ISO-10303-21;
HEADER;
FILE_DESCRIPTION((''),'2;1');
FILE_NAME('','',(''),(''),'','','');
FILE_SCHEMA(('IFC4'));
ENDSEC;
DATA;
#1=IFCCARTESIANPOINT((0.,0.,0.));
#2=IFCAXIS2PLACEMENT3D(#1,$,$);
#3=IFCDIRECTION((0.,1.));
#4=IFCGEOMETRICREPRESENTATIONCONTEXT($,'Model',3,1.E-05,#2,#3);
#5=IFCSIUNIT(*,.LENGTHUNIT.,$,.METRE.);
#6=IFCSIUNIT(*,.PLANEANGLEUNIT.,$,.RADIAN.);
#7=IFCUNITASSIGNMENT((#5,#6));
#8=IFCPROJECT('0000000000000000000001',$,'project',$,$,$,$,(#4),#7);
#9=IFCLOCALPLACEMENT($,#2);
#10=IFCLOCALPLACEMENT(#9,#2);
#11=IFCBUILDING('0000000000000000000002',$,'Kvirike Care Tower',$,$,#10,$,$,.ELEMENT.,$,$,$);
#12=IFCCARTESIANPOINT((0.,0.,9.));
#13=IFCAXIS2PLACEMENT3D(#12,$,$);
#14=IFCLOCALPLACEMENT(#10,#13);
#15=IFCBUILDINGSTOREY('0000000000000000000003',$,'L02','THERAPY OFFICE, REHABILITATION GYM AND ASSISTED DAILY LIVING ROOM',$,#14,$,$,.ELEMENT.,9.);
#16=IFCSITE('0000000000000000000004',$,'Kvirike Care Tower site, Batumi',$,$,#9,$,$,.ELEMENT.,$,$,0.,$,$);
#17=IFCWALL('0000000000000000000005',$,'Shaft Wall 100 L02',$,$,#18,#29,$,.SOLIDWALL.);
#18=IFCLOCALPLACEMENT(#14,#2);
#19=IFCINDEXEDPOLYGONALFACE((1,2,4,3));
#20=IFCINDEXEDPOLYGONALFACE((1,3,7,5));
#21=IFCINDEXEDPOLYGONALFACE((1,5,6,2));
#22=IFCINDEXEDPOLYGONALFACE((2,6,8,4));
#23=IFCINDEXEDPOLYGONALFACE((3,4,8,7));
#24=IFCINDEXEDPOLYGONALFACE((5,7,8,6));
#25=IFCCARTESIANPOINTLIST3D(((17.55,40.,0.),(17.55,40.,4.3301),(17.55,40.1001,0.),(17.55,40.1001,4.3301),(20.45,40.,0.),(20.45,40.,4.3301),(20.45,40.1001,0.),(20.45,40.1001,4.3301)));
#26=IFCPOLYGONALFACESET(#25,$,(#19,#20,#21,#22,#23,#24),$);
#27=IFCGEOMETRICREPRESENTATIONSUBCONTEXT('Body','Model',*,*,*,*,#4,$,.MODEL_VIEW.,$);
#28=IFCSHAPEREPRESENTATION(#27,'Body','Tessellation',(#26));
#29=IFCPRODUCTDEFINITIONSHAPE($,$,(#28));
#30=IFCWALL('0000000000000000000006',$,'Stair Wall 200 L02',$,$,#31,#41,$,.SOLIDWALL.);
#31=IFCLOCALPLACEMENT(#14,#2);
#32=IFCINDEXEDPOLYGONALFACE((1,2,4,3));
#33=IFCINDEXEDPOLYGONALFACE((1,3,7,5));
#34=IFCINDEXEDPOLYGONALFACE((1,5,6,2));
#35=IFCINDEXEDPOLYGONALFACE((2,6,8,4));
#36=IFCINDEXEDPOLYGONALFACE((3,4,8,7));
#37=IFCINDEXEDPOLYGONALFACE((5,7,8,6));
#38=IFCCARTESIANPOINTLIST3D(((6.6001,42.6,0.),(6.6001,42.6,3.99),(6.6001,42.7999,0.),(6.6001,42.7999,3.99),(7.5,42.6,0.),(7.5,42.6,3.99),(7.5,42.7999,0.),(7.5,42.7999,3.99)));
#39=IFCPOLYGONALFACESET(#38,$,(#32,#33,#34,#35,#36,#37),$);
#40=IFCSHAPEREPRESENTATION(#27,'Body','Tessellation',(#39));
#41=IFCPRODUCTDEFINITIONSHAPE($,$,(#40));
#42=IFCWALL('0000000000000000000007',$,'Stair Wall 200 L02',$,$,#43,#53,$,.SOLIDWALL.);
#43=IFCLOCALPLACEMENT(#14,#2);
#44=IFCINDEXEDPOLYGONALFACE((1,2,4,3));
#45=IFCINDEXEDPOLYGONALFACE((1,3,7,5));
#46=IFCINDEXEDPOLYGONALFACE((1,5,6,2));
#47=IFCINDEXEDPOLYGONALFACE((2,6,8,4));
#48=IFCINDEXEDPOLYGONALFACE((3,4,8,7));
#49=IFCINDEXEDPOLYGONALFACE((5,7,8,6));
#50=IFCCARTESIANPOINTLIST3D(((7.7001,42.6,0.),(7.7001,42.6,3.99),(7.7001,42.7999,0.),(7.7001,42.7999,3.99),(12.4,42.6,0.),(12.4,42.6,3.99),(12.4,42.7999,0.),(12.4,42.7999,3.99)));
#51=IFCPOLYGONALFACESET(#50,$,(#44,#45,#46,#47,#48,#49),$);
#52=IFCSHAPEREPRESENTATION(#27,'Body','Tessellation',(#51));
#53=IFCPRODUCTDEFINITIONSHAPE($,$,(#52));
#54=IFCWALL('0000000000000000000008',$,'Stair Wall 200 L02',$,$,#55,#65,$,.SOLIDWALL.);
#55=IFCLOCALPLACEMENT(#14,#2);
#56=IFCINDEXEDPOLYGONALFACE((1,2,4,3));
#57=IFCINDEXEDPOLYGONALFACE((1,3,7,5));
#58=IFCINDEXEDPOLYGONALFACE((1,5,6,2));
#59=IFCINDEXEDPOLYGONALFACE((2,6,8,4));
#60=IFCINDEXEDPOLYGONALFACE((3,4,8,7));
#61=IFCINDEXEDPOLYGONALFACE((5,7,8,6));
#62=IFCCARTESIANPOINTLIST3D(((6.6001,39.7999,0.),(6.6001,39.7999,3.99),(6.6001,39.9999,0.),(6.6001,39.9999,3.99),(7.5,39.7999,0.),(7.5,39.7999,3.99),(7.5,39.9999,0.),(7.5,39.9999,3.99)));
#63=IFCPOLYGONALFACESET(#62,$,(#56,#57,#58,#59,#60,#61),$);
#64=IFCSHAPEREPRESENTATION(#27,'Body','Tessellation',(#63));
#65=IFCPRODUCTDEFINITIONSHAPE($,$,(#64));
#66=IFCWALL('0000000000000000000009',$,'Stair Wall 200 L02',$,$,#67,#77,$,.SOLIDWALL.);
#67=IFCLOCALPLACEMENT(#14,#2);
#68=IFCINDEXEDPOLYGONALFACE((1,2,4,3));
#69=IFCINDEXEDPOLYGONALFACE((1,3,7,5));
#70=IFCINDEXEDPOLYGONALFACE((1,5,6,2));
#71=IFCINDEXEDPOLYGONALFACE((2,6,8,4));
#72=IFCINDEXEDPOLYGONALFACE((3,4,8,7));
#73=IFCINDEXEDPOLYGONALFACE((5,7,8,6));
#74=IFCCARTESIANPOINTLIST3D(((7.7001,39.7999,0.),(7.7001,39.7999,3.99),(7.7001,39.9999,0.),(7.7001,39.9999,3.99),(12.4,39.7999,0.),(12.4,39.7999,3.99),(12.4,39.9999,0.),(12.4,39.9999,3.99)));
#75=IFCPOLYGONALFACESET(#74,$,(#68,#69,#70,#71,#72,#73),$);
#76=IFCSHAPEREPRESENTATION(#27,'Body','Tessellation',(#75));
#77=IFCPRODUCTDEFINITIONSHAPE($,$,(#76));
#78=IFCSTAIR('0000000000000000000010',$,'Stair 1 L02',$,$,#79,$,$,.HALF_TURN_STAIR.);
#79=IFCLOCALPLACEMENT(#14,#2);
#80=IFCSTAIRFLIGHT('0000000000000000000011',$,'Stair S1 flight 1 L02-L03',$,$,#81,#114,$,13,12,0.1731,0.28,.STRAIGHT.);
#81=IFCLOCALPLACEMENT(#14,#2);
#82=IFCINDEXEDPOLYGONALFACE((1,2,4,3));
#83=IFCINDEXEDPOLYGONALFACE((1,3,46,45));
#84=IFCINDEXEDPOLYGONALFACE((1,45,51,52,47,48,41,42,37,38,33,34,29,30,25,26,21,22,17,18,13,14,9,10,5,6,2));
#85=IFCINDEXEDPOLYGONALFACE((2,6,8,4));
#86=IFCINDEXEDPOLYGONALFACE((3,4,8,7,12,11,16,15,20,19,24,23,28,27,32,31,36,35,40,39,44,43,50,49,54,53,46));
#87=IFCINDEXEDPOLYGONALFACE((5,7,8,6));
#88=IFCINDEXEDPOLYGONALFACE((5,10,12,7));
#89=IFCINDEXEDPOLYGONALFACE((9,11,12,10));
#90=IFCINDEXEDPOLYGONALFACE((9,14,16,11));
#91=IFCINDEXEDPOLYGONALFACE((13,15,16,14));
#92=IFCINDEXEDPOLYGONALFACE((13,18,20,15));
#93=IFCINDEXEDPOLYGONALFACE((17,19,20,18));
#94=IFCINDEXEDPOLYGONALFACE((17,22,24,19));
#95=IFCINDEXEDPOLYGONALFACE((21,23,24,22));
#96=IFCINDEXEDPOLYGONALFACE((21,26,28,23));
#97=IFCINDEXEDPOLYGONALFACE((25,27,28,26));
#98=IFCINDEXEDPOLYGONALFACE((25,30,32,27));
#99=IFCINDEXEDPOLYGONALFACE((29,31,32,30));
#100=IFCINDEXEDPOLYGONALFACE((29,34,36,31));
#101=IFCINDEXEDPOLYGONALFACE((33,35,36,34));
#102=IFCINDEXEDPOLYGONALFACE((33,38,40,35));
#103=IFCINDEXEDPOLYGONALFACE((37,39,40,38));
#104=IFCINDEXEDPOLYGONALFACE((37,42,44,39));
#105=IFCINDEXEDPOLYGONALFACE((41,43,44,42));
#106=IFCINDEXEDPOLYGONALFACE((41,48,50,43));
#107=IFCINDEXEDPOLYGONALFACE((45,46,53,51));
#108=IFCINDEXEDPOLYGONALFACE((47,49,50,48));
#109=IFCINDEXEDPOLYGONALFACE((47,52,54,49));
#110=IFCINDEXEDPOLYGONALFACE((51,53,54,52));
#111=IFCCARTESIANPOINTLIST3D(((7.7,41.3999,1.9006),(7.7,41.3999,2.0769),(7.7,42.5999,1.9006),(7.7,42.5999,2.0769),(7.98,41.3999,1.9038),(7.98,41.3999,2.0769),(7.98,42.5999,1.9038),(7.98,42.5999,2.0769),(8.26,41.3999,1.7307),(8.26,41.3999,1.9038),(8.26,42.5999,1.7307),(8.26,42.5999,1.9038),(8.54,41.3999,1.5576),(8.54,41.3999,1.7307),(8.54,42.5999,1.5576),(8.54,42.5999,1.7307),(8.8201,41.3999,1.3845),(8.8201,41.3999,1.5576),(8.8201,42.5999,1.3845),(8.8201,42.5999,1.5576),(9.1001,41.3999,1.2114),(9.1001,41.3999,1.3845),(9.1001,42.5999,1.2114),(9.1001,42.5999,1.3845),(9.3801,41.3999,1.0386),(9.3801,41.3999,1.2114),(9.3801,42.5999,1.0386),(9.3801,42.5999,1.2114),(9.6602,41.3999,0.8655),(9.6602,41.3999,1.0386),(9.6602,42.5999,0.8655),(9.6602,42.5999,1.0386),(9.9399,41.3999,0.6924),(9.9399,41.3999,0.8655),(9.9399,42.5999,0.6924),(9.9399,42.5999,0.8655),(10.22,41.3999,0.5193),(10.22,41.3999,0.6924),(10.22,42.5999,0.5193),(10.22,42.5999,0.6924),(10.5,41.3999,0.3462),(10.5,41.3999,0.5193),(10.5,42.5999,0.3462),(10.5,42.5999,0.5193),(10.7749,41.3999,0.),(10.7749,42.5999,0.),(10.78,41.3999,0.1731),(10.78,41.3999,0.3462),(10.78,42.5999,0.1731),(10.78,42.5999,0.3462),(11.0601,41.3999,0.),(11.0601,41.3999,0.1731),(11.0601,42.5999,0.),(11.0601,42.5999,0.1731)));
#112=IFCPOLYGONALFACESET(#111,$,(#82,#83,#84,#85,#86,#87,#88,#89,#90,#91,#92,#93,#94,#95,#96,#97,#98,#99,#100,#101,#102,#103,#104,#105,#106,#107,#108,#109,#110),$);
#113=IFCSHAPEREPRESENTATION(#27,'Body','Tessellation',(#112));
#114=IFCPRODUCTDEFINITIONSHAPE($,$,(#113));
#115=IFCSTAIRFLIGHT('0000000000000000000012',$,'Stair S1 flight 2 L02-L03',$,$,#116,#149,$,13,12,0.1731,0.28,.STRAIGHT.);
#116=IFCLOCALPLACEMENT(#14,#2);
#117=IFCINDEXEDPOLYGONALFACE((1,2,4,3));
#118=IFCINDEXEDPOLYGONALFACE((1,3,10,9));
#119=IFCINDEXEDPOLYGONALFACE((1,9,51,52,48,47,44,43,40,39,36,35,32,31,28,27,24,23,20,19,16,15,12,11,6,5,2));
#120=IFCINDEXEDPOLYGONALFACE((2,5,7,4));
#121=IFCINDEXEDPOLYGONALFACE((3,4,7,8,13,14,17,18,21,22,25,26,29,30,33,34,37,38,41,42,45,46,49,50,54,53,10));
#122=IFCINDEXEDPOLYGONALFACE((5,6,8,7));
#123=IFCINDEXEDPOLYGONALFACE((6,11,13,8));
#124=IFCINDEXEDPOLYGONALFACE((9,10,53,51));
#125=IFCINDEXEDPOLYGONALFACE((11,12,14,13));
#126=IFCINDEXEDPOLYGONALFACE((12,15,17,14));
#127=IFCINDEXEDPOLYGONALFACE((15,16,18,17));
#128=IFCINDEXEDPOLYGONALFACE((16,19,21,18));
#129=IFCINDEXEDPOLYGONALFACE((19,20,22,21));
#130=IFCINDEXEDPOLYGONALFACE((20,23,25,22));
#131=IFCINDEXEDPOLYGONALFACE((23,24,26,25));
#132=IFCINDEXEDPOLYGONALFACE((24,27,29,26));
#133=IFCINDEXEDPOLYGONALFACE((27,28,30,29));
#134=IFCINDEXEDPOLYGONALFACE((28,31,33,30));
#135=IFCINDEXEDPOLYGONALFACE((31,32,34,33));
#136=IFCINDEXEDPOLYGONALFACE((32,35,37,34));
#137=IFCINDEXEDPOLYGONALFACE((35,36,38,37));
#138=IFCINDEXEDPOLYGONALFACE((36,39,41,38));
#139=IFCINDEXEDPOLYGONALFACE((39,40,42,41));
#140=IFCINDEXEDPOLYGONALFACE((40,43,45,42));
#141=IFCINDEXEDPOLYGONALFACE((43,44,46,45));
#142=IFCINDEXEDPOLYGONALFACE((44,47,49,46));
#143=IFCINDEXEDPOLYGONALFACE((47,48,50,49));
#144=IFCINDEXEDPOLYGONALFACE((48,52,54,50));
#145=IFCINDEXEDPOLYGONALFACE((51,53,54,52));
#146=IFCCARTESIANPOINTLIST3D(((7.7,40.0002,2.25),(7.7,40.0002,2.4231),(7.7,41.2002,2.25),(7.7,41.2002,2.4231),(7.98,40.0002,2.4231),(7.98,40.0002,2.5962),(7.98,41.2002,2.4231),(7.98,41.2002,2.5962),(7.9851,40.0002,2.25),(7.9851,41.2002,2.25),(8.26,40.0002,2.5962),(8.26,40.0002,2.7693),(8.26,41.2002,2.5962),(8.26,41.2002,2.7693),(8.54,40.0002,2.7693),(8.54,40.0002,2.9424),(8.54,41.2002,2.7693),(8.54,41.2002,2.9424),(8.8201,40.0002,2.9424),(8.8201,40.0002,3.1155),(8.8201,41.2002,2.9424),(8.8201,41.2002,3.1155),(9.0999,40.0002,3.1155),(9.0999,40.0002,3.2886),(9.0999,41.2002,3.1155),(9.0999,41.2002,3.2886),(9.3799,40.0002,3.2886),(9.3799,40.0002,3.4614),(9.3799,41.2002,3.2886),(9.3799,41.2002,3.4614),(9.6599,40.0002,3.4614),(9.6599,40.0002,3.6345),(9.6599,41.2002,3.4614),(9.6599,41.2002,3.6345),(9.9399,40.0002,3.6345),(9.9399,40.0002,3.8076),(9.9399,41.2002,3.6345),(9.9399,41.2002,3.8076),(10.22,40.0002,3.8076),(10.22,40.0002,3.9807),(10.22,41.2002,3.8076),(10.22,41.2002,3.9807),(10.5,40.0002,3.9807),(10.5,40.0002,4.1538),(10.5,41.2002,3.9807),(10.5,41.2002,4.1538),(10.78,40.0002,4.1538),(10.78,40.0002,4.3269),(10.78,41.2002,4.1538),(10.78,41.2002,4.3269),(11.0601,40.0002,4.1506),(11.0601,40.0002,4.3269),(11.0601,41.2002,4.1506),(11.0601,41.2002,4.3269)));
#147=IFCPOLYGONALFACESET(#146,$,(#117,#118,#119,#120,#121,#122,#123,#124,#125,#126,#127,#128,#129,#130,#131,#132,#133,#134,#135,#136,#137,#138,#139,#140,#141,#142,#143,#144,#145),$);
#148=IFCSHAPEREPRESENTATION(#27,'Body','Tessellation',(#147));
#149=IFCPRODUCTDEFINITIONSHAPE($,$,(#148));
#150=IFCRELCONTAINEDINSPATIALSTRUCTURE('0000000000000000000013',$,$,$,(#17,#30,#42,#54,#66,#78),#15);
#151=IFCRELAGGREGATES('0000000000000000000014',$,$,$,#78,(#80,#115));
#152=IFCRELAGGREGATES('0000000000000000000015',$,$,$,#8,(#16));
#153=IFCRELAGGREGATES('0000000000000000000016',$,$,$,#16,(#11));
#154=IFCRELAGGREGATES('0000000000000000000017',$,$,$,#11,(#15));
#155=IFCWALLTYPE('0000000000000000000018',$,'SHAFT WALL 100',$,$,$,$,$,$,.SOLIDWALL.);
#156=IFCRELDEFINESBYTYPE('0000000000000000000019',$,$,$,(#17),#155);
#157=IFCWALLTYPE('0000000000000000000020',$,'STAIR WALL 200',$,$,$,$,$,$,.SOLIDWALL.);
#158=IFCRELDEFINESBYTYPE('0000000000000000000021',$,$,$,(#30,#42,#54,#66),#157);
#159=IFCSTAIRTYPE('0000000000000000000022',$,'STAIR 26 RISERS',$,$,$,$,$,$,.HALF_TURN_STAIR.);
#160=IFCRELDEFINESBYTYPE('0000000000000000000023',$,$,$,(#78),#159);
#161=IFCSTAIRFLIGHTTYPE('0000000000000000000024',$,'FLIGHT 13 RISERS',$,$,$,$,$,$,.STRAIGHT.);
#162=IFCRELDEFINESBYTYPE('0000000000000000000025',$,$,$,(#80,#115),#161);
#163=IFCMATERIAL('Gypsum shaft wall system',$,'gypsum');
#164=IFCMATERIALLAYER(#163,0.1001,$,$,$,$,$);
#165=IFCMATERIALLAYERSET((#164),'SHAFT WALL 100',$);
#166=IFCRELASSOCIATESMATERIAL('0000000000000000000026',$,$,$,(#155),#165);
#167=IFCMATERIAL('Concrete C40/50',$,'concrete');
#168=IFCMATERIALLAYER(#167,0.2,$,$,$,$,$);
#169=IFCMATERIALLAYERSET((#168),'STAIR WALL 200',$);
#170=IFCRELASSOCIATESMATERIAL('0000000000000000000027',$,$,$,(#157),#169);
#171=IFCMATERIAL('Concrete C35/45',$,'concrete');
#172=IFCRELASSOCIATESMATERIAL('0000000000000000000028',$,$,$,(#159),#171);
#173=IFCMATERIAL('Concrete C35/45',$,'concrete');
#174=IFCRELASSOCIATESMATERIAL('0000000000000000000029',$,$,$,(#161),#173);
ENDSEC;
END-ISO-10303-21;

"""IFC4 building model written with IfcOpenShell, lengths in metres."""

from ifc_helpers import new_model, si_unit, direction, frame, frame_2d, origin, place, context, subcontext, project, spatial, polyline, rectangle, outline, extrude, material, layer, layer_set, type_object, element, aggregate, save


model = new_model("IFC4")

# Units and contexts
model_context = context("Model", 3, precision=1e-05, world=origin(), true_north=direction((0.0, 1.0)))
body_context = subcontext(model_context, "Body", "Model", "MODEL_VIEW")
ifc_project = project(units=[si_unit("LENGTHUNIT", "METRE"), si_unit("PLANEANGLEUNIT", "RADIAN")], contexts=[model_context])

# Site, building, storey
site_placement = place(None, origin())
site = spatial("IfcSite", under=ifc_project, at=site_placement, Name="Kvirike Care Tower site, Batumi", CompositionType="ELEMENT", RefElevation=0.0)
building_placement = place(site_placement, origin())
building = spatial("IfcBuilding", under=site, at=building_placement, Name="Kvirike Care Tower", CompositionType="ELEMENT")
storey_placement = place(building_placement, frame((0.0, 0.0, 9.0)))
storey = spatial("IfcBuildingStorey", under=building, at=storey_placement, Name="L02", Description="THERAPY OFFICE, REHABILITATION GYM AND ASSISTED DAILY LIVING ROOM", CompositionType="ELEMENT", Elevation=9.0)

# Shared definitions
ifc_material_1 = material(Name="Gypsum shaft wall system", Category="gypsum")
ifc_layer_1 = layer(ifc_material_1, 0.1001)
ifc_layer_set_1 = layer_set([ifc_layer_1], Name="SHAFT WALL 100")
wall_type_1 = type_object("IfcWallType", Name="SHAFT WALL 100", PredefinedType="SOLIDWALL", material=ifc_layer_set_1)

# Walls
wall_1_placement = place(storey_placement, frame((17.55, 40.05, 0.0), z_axis=(0.0, 0.0, 1.0), x_axis=(1.0, 0.0, 0.0)))
element("IfcWall", 1, at=wall_1_placement, inside=storey, type_object=wall_type_1, Name="Shaft Wall 100 L02", PredefinedType="SOLIDWALL", context=body_context, shape_type="SweptSolid", body=[
    extrude(rectangle(XDim=2.8999, YDim=0.1001, at=frame_2d((1.45, 0.0))), origin(), (0.0, 0.0, 1.0), 4.3301),
])
ifc_material_2 = material(Name="Concrete C40/50", Category="concrete")
ifc_layer_2 = layer(ifc_material_2, 0.2)
ifc_layer_set_2 = layer_set([ifc_layer_2], Name="STAIR WALL 200")
wall_type_2 = type_object("IfcWallType", Name="STAIR WALL 200", PredefinedType="SOLIDWALL", material=ifc_layer_set_2)
wall_2_placement = place(storey_placement, frame((6.6001, 42.7, 0.0), z_axis=(0.0, 0.0, 1.0), x_axis=(1.0, 0.0, 0.0)))
element("IfcWall", 2, at=wall_2_placement, inside=storey, type_object=wall_type_2, Name="Stair Wall 200 L02", PredefinedType="SOLIDWALL", context=body_context, shape_type="SweptSolid", body=[
    extrude(rectangle(XDim=0.8999, YDim=0.2, at=frame_2d((0.45, 0.0))), origin(), (0.0, 0.0, 1.0), 3.99),
])
wall_3_placement = place(storey_placement, frame((7.7, 42.7, 0.0), z_axis=(0.0, 0.0, 1.0), x_axis=(1.0, 0.0, 0.0)))
element("IfcWall", 3, at=wall_3_placement, inside=storey, type_object=wall_type_2, Name="Stair Wall 200 L02", PredefinedType="SOLIDWALL", context=body_context, shape_type="SweptSolid", body=[
    extrude(rectangle(XDim=4.7, YDim=0.2, at=frame_2d((2.3501, 0.0))), origin(), (0.0, 0.0, 1.0), 3.99),
])
wall_4_placement = place(storey_placement, frame((6.6001, 39.8999, 0.0), z_axis=(0.0, 0.0, 1.0), x_axis=(1.0, 0.0, 0.0)))
element("IfcWall", 4, at=wall_4_placement, inside=storey, type_object=wall_type_2, Name="Stair Wall 200 L02", PredefinedType="SOLIDWALL", context=body_context, shape_type="SweptSolid", body=[
    extrude(rectangle(XDim=0.8999, YDim=0.2, at=frame_2d((0.45, 0.0))), origin(), (0.0, 0.0, 1.0), 3.99),
])
wall_5_placement = place(storey_placement, frame((7.7, 39.8999, 0.0), z_axis=(0.0, 0.0, 1.0), x_axis=(1.0, 0.0, 0.0)))
element("IfcWall", 5, at=wall_5_placement, inside=storey, type_object=wall_type_2, Name="Stair Wall 200 L02", PredefinedType="SOLIDWALL", context=body_context, shape_type="SweptSolid", body=[
    extrude(rectangle(XDim=4.7, YDim=0.2, at=frame_2d((2.3501, 0.0))), origin(), (0.0, 0.0, 1.0), 3.99),
])

# Stair, stair flights
ifc_material_3 = material(Name="Concrete C35/45", Category="concrete")
stair_type = type_object("IfcStairType", Name="STAIR 26 RISERS", PredefinedType="HALF_TURN_STAIR", material=ifc_material_3)
stair_placement = place(storey_placement, origin())
stair = element("IfcStair", 6, at=stair_placement, inside=storey, type_object=stair_type, Name="Stair 1 L02", PredefinedType="HALF_TURN_STAIR")
ifc_material_4 = material(Name="Concrete C35/45", Category="concrete")
stair_flight_type = type_object("IfcStairFlightType", Name="FLIGHT 13 RISERS", PredefinedType="STRAIGHT", material=ifc_material_4)
stair_flight_1_placement = place(storey_placement, frame((11.0601, 42.0, 0.0), z_axis=(0.0, 0.0, 1.0), x_axis=(-1.0, 0.0, 0.0)))
stair_flight_1 = element("IfcStairFlight", 7, at=stair_flight_1_placement, type_object=stair_flight_type, Name="Stair S1 flight 1 L02-L03", NumberOfRisers=13, NumberOfTreads=12, PredefinedType="STRAIGHT", RiserHeight=0.1731, TreadLength=0.28, context=body_context, shape_type="SweptSolid", body=[
    extrude(outline(polyline([(0.0, 0.0), (0.0, 0.1731), (0.28, 0.1731), (0.28, 0.3462), (0.5601, 0.3462), (0.5601, 0.5193), (0.8401, 0.5193), (0.8401, 0.6924), (1.1201, 0.6924), (1.1201, 0.8655), (1.3999, 0.8655), (1.3999, 1.0386), (1.6799, 1.0386), (1.6799, 1.2114), (1.96, 1.2114), (1.96, 1.3845), (2.24, 1.3845), (2.24, 1.5576), (2.52, 1.5576), (2.52, 1.7307), (2.8, 1.7307), (2.8, 1.9038), (3.0801, 1.9038), (3.0801, 2.0769), (3.3601, 2.0769), (3.3601, 2.25), (3.3601, 1.9006), (0.2852, 0.0), (0.0, 0.0)])), frame((0.0, 0.6001, 0.0), z_axis=(0.0, -1.0, 0.0), x_axis=(1.0, 0.0, 0.0)), (0.0, 0.0, 1.0), 1.2),
])
stair_flight_2_placement = place(storey_placement, frame((7.7, 40.6001, 2.25), z_axis=(0.0, 0.0, 1.0), x_axis=(1.0, 0.0, 0.0)))
stair_flight_2 = element("IfcStairFlight", 8, at=stair_flight_2_placement, type_object=stair_flight_type, Name="Stair S1 flight 2 L02-L03", NumberOfRisers=13, NumberOfTreads=12, PredefinedType="STRAIGHT", RiserHeight=0.1731, TreadLength=0.28, context=body_context, shape_type="SweptSolid", body=[
    extrude(outline(polyline([(0.0, 0.0), (0.0, 0.1731), (0.28, 0.1731), (0.28, 0.3462), (0.5601, 0.3462), (0.5601, 0.5193), (0.8401, 0.5193), (0.8401, 0.6924), (1.1201, 0.6924), (1.1201, 0.8655), (1.3999, 0.8655), (1.3999, 1.0386), (1.6799, 1.0386), (1.6799, 1.2114), (1.96, 1.2114), (1.96, 1.3845), (2.24, 1.3845), (2.24, 1.5576), (2.52, 1.5576), (2.52, 1.7307), (2.8, 1.7307), (2.8, 1.9038), (3.0801, 1.9038), (3.0801, 2.0769), (3.3601, 2.0769), (3.3601, 2.25), (3.3601, 1.9006), (0.2852, 0.0), (0.0, 0.0)])), frame((0.0, 0.6001, 0.0), z_axis=(0.0, -1.0, 0.0), x_axis=(1.0, 0.0, 0.0)), (0.0, 0.0, 1.0), 1.2),
])
aggregate(stair, [stair_flight_1, stair_flight_2])

save(model, "model.ifc")
